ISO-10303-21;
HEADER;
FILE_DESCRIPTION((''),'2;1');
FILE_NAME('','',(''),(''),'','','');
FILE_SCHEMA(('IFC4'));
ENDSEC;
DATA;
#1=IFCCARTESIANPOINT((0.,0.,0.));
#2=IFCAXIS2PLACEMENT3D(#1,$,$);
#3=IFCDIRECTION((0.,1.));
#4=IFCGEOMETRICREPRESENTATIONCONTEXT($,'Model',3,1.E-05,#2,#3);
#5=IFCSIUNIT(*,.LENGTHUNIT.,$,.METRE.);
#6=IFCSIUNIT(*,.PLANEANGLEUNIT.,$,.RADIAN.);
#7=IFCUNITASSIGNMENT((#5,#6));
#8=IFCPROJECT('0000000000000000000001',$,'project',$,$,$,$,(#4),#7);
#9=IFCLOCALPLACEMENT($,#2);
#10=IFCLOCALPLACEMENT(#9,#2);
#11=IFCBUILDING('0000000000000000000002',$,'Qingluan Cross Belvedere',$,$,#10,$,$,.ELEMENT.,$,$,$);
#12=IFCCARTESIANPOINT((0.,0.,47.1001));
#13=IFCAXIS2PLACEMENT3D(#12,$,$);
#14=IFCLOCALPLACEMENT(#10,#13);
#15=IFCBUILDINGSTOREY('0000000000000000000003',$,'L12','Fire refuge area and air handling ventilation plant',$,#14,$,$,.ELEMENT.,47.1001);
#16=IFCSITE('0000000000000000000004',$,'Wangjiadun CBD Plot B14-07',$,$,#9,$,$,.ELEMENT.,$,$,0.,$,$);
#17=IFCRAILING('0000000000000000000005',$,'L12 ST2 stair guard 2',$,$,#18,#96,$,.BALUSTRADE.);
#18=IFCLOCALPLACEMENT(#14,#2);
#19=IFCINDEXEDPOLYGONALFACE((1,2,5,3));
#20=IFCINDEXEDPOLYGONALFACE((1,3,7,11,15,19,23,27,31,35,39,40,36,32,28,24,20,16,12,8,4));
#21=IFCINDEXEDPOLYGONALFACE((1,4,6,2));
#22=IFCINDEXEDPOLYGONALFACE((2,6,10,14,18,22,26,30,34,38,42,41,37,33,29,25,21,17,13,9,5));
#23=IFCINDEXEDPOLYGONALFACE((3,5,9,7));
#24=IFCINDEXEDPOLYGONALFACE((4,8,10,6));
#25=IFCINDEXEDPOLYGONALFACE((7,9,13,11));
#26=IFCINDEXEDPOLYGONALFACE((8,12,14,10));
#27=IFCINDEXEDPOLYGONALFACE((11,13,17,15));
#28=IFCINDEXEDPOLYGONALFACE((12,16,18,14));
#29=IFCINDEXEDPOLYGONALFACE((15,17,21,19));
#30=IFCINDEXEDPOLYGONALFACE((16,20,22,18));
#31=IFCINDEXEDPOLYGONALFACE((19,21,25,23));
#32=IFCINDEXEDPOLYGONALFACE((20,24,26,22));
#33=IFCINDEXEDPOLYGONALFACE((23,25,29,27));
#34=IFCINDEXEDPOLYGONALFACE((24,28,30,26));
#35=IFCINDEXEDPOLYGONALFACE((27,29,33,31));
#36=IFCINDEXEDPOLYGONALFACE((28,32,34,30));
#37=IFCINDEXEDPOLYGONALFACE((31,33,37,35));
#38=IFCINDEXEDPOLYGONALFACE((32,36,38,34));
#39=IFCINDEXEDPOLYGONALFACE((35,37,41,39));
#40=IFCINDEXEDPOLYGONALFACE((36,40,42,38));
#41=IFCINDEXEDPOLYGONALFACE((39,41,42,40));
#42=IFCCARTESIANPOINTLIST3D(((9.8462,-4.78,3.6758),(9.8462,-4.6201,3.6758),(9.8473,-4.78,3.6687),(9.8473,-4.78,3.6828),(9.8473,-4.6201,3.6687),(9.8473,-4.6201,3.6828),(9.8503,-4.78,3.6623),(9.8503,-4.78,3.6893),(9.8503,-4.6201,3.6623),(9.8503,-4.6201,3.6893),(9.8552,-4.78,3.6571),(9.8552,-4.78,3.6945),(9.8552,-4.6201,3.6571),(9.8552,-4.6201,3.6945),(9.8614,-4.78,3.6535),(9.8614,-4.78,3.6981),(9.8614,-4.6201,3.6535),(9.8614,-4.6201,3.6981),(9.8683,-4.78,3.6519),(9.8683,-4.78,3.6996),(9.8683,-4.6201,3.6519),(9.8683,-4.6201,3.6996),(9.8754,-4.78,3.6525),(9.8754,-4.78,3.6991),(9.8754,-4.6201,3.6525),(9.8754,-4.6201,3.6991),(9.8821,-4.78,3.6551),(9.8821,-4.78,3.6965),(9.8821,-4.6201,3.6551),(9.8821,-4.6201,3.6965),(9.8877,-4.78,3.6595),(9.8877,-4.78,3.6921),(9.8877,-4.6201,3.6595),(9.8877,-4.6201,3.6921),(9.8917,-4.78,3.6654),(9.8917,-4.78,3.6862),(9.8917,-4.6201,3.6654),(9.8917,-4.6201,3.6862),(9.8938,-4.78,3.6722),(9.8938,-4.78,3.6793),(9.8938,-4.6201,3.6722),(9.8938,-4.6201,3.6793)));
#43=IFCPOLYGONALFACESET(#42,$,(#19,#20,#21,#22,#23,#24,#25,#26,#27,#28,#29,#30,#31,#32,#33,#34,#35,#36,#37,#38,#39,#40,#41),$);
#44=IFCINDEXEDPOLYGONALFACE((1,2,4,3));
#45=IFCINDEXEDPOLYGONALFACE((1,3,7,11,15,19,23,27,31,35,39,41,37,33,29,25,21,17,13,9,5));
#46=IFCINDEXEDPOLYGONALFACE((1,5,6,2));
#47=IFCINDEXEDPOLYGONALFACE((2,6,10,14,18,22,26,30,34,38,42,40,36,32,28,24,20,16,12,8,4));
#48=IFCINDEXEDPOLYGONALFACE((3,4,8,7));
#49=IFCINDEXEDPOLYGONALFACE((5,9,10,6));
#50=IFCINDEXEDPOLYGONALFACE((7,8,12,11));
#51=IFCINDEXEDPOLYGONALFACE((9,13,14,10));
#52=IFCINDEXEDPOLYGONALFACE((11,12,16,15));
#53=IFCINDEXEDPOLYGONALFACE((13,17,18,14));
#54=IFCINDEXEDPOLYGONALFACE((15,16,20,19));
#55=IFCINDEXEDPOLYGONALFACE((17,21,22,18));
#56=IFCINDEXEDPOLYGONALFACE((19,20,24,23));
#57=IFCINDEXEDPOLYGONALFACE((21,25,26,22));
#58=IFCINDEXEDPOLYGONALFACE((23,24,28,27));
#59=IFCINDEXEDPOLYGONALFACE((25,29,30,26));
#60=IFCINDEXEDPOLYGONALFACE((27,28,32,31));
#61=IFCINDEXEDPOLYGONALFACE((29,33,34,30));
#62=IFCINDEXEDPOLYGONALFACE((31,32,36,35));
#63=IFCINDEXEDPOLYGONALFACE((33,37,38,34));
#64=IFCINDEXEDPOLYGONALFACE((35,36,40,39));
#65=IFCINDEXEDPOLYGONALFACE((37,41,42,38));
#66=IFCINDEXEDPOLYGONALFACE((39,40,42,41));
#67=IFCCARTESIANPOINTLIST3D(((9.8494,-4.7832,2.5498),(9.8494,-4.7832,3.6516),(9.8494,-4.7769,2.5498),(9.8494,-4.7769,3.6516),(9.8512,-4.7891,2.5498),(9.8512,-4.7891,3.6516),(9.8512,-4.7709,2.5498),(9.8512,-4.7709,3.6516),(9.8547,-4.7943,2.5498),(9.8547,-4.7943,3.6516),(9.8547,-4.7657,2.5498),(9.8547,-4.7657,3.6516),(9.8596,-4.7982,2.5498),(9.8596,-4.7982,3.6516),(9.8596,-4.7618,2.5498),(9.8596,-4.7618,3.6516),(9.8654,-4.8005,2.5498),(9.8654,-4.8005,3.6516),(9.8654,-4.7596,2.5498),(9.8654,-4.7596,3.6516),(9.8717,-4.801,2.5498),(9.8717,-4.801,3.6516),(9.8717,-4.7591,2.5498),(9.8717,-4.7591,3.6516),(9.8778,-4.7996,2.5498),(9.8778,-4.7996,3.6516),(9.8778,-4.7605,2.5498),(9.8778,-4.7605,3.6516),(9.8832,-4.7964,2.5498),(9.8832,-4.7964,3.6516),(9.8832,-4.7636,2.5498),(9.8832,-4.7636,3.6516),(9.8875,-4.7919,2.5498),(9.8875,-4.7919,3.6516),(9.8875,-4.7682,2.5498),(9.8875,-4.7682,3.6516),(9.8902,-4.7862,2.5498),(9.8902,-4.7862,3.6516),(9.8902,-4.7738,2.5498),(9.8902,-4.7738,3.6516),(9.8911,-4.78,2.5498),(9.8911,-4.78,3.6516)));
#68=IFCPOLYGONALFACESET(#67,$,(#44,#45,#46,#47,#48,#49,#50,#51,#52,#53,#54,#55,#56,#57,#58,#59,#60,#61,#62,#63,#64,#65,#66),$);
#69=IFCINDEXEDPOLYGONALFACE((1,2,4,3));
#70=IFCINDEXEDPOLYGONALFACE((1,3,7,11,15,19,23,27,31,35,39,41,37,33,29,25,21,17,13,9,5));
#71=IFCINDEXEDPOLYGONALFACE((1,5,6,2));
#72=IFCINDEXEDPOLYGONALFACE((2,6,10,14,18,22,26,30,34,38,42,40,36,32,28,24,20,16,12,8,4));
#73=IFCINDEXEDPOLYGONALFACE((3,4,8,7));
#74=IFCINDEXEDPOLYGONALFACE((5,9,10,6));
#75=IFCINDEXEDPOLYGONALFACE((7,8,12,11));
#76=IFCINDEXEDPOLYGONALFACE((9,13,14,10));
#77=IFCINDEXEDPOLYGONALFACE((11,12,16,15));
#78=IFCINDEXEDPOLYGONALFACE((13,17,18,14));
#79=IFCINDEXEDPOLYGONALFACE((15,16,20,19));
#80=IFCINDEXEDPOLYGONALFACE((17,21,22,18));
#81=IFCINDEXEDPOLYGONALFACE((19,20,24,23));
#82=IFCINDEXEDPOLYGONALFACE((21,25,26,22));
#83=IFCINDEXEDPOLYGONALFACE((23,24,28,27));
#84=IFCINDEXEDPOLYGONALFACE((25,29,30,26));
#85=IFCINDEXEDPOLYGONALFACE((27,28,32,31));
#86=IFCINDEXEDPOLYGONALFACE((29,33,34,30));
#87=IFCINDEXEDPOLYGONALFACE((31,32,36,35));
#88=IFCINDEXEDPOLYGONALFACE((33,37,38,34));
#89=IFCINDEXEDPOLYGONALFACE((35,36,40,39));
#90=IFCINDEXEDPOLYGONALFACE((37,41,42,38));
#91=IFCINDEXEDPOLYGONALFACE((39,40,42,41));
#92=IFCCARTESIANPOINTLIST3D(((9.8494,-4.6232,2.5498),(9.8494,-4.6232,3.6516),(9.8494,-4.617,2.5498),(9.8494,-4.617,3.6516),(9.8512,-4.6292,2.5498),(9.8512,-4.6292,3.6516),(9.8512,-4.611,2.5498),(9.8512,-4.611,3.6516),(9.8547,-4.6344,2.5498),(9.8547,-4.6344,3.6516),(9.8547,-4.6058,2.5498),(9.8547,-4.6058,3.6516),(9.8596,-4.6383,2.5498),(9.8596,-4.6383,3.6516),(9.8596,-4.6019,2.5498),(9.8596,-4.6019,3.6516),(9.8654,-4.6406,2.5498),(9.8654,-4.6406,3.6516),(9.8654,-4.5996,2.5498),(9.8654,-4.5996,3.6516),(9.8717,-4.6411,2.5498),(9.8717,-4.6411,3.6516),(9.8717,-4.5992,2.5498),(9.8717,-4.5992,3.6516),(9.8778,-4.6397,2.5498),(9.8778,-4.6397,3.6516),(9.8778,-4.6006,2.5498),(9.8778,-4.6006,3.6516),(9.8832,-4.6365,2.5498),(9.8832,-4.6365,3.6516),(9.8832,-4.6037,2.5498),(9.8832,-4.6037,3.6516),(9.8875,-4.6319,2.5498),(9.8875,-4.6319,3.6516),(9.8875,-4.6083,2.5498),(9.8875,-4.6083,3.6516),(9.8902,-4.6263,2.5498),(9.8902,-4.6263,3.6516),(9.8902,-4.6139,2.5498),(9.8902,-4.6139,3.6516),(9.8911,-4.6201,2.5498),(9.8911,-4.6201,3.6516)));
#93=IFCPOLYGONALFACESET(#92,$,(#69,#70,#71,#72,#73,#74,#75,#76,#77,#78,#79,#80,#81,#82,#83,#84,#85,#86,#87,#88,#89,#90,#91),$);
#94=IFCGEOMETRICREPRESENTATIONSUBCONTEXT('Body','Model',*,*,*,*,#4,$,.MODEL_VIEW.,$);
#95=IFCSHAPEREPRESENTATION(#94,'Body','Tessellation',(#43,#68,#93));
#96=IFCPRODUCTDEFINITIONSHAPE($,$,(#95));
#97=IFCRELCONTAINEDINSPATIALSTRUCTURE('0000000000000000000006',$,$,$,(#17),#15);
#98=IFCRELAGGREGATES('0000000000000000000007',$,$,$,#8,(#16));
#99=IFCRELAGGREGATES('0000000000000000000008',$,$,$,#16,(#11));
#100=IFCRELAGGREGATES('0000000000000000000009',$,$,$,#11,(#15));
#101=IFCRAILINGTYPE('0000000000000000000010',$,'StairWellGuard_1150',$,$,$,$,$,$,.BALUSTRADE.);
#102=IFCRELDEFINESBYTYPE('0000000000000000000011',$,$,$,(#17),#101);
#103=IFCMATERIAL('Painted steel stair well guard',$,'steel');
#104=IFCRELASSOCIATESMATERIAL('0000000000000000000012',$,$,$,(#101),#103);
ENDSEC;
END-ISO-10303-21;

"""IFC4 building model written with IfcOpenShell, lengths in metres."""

from ifc_helpers import new_model, si_unit, direction, frame, origin, origin_2d, place, context, subcontext, project, spatial, circle, extrude, material, type_object, element, save


model = new_model("IFC4")

# Units and contexts
model_context = context("Model", 3, precision=1e-05, world=origin(), true_north=direction((0.0, 1.0)))
body_context = subcontext(model_context, "Body", "Model", "MODEL_VIEW")
ifc_project = project(units=[si_unit("LENGTHUNIT", "METRE"), si_unit("PLANEANGLEUNIT", "RADIAN")], contexts=[model_context])

# Site, building, storey
site_placement = place(None, origin())
site = spatial("IfcSite", under=ifc_project, at=site_placement, Name="Wangjiadun CBD Plot B14-07", CompositionType="ELEMENT", RefElevation=0.0)
building_placement = place(site_placement, origin())
building = spatial("IfcBuilding", under=site, at=building_placement, Name="Qingluan Cross Belvedere", CompositionType="ELEMENT")
storey_placement = place(building_placement, frame((0.0, 0.0, 47.1001)))
storey = spatial("IfcBuildingStorey", under=building, at=storey_placement, Name="L12", Description="Fire refuge area and air handling ventilation plant", CompositionType="ELEMENT", Elevation=47.1001)

# Railing
ifc_material_1 = material(Name="Painted steel stair well guard", Category="steel")
railing_type_1 = type_object("IfcRailingType", Name="StairWellGuard_1150", PredefinedType="BALUSTRADE", material=ifc_material_1)
railing_1_placement = place(storey_placement, frame((9.8701, -4.78, 2.5498)))
element("IfcRailing", 1, at=railing_1_placement, inside=storey, type_object=railing_type_1, Name="L12 ST2 stair guard 2", PredefinedType="BALUSTRADE", context=body_context, shape_type="SweptSolid", body=[
    extrude(circle(Radius=0.0239, at=origin_2d()), frame((0.0, 0.0, 1.126), z_axis=(0.0, 1.0, 0.0), x_axis=(-1.0, 0.0, 0.0)), (0.0, 0.0, 1.0), 0.1599),
    extrude(circle(Radius=0.021, at=origin_2d()), origin(), (0.0, 0.0, 1.0), 1.1018),
    extrude(circle(Radius=0.021, at=origin_2d()), frame((0.0, 0.1599, 0.0)), (0.0, 0.0, 1.0), 1.1018),
])

save(model, "model.ifc")
